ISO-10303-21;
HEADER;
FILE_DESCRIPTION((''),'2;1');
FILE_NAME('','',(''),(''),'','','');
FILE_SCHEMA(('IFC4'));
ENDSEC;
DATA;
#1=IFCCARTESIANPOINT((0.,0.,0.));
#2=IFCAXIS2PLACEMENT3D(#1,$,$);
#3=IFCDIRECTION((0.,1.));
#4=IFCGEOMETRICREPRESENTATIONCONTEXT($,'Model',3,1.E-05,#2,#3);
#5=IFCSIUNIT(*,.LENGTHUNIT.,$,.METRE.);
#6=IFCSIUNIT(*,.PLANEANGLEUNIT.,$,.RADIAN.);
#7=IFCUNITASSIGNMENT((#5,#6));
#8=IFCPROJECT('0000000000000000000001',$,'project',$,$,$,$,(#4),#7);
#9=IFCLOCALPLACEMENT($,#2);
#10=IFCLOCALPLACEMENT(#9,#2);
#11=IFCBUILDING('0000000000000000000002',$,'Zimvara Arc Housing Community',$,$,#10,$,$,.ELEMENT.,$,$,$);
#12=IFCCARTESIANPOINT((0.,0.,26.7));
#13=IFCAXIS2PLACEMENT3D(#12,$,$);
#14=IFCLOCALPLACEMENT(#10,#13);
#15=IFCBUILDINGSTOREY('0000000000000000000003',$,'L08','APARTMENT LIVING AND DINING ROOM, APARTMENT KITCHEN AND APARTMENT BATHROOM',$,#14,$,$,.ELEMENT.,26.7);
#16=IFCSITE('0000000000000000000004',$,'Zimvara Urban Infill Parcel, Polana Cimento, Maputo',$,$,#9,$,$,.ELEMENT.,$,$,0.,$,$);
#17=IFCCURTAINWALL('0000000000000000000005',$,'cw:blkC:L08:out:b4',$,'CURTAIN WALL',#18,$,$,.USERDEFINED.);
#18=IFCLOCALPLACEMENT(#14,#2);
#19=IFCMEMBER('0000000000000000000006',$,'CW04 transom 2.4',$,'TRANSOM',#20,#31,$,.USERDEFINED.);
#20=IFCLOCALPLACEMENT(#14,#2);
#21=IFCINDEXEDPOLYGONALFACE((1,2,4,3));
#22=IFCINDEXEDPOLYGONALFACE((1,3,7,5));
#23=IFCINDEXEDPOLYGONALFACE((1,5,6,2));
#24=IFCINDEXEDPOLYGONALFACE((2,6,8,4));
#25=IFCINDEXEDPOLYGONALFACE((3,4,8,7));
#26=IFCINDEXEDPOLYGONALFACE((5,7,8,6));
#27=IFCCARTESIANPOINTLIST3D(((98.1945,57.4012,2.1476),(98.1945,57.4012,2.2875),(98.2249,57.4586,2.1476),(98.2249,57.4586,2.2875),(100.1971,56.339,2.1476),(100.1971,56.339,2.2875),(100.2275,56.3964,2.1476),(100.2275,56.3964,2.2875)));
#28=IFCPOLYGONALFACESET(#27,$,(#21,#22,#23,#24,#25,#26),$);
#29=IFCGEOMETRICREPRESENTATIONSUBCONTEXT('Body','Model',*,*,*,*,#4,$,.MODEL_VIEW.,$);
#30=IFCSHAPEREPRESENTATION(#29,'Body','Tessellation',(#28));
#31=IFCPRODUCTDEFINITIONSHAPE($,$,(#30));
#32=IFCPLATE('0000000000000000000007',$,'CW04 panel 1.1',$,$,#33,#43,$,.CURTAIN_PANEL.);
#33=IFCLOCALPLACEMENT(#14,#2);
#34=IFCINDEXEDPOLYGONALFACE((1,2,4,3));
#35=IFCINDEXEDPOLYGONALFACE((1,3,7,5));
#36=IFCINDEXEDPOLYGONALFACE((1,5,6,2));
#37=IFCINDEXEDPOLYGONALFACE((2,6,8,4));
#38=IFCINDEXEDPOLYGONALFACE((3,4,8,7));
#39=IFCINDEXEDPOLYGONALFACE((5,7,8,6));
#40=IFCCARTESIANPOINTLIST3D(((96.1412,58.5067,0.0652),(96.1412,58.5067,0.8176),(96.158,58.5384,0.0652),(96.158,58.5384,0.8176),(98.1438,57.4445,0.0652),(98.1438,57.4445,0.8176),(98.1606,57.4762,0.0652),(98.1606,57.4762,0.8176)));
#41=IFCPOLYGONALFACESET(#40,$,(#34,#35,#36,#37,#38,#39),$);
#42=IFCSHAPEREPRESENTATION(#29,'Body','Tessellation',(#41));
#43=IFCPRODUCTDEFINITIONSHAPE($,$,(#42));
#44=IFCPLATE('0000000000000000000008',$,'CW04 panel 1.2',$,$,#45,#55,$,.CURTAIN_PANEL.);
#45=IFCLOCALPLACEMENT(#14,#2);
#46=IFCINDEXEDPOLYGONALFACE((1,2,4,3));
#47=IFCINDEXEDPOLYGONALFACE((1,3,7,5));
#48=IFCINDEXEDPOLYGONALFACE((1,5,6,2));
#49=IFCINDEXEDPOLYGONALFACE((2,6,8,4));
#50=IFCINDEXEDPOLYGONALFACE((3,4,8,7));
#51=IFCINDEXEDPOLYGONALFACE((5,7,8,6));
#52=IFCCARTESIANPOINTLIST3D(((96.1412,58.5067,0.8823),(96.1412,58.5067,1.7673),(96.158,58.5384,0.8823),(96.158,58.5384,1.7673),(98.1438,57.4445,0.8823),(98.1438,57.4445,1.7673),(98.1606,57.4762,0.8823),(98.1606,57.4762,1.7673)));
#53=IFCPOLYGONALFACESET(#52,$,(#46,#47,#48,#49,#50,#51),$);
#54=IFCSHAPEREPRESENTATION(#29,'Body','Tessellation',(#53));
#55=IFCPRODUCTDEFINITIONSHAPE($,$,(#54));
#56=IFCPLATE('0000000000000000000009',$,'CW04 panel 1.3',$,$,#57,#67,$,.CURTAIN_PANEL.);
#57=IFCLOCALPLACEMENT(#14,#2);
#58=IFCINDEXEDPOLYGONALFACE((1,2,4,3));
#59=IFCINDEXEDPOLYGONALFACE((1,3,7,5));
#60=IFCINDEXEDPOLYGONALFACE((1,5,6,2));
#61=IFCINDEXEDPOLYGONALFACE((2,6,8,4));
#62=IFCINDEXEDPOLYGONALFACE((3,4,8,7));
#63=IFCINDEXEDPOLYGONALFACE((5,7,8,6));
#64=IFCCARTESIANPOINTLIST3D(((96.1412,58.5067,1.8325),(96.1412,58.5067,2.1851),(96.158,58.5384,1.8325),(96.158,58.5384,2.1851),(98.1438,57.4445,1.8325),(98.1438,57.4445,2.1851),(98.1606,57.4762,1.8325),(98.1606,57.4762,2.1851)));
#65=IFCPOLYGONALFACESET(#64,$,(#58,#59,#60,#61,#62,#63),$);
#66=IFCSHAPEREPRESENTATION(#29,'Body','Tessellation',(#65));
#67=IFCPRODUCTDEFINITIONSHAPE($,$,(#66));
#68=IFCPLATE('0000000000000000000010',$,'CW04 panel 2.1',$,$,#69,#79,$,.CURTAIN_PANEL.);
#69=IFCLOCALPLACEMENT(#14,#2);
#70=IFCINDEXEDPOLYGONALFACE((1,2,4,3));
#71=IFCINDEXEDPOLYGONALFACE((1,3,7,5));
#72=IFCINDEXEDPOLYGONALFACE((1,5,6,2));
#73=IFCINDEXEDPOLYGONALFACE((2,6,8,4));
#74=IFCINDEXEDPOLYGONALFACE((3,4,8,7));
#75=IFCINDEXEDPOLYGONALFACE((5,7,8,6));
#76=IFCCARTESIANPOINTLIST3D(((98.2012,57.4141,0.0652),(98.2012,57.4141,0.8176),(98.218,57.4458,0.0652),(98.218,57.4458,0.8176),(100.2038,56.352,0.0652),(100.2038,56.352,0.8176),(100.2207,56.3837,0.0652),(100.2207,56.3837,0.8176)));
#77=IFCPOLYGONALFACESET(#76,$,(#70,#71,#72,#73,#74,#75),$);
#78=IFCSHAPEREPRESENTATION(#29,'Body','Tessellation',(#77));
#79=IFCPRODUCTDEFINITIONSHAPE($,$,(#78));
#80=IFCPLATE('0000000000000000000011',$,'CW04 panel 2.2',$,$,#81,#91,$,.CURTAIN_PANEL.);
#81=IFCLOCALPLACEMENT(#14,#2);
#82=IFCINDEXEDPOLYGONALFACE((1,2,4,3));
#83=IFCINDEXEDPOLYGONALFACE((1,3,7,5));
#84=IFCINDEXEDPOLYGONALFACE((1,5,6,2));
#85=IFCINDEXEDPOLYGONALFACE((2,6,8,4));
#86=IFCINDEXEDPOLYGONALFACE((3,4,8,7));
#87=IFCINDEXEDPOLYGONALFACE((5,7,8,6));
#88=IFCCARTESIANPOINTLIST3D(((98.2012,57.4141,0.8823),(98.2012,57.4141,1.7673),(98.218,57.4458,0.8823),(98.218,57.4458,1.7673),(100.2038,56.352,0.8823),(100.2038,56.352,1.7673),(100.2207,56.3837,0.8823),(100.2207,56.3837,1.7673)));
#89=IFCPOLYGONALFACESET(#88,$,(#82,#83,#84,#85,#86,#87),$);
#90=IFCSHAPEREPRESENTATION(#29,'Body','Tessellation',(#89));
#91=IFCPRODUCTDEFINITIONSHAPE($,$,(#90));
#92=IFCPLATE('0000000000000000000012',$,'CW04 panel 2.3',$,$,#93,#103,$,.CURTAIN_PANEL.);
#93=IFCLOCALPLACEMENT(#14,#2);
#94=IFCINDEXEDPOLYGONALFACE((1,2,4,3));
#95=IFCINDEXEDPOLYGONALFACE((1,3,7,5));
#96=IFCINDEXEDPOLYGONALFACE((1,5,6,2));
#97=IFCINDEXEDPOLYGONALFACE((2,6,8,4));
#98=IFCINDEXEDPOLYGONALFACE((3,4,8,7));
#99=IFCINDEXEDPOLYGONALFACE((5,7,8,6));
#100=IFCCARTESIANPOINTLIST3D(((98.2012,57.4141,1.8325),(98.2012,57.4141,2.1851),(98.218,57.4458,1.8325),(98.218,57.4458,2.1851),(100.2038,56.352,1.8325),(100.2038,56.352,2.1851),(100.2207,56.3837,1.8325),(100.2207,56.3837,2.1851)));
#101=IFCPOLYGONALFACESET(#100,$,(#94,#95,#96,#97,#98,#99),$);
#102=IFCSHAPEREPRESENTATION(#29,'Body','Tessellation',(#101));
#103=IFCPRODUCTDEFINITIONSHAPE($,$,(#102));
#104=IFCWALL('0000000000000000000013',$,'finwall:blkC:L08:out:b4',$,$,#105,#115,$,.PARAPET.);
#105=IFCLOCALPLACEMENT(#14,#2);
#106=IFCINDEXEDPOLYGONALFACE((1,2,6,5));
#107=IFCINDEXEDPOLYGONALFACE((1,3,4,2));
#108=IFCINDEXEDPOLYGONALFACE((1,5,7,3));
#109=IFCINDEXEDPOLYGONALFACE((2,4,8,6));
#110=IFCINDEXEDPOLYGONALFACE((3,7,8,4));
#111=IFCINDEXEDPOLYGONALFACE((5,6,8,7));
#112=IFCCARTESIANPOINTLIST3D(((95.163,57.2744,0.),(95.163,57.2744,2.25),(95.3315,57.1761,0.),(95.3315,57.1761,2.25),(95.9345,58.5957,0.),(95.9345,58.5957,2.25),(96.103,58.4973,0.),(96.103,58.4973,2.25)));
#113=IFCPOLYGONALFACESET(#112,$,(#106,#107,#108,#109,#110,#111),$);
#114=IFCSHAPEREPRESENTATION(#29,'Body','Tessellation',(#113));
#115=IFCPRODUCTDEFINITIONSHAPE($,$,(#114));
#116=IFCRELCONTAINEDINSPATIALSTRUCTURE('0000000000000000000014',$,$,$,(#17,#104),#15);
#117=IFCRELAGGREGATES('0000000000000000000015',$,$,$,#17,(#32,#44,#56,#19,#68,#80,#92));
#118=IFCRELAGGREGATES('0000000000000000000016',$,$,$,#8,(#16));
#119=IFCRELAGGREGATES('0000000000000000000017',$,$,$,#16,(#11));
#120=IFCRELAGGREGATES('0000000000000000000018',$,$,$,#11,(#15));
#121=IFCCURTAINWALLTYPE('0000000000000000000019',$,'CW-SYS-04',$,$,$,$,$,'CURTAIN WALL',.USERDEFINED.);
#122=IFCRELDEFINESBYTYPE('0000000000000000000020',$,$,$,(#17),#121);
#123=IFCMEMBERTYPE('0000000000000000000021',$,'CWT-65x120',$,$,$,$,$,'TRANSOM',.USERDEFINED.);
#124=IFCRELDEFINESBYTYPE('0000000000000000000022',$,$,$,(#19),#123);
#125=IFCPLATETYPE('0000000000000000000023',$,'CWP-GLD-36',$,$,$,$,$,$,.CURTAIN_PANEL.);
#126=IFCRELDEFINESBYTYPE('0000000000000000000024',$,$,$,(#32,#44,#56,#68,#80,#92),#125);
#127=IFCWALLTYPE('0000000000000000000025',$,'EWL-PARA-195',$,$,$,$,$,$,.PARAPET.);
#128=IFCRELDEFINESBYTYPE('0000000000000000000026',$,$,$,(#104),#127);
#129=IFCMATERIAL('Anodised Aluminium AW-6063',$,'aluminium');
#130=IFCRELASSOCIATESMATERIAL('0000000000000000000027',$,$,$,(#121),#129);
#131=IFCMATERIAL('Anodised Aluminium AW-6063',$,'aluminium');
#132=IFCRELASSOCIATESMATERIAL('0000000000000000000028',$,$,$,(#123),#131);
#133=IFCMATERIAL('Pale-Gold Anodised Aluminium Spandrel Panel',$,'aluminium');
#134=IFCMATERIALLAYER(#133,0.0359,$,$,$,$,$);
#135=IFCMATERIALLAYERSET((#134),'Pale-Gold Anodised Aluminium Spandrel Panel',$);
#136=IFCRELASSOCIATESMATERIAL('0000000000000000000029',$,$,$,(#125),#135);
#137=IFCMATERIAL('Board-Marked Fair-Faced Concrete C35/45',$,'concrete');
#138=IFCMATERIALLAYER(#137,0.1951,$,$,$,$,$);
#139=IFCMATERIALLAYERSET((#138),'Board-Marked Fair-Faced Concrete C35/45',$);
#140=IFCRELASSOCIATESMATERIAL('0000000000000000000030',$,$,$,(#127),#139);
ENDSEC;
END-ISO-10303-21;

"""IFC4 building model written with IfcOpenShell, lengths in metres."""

from ifc_helpers import new_model, si_unit, direction, frame, frame_2d, origin, origin_2d, place, context, subcontext, project, spatial, rectangle, extrude, material, layer, layer_set, material_profile, profile_set, type_object, element, aggregate, save


model = new_model("IFC4")

# Units and contexts
model_context = context("Model", 3, precision=1e-05, world=origin(), true_north=direction((0.0, 1.0)))
body_context = subcontext(model_context, "Body", "Model", "MODEL_VIEW")
ifc_project = project(units=[si_unit("LENGTHUNIT", "METRE"), si_unit("PLANEANGLEUNIT", "RADIAN")], contexts=[model_context])

# Site, building, storey
site_placement = place(None, origin())
site = spatial("IfcSite", under=ifc_project, at=site_placement, Name="Zimvara Urban Infill Parcel, Polana Cimento, Maputo", CompositionType="ELEMENT", RefElevation=0.0)
building_placement = place(site_placement, origin())
building = spatial("IfcBuilding", under=site, at=building_placement, Name="Zimvara Arc Housing Community", CompositionType="ELEMENT")
storey_placement = place(building_placement, frame((0.0, 0.0, 26.7)))
storey = spatial("IfcBuildingStorey", under=building, at=storey_placement, Name="L08", Description="APARTMENT LIVING AND DINING ROOM, APARTMENT KITCHEN AND APARTMENT BATHROOM", CompositionType="ELEMENT", Elevation=26.7)

# Curtain wall, member, plates
ifc_material_1 = material(Name="Anodised Aluminium AW-6063", Category="aluminium")
curtain_wall_type = type_object("IfcCurtainWallType", Name="CW-SYS-04", ElementType="CURTAIN WALL", PredefinedType="USERDEFINED", material=ifc_material_1)
curtain_wall_placement = place(storey_placement, origin())
curtain_wall = element("IfcCurtainWall", 1, at=curtain_wall_placement, inside=storey, type_object=curtain_wall_type, Name="cw:blkC:L08:out:b4", ObjectType="CURTAIN WALL", PredefinedType="USERDEFINED")
ifc_material_2 = material(Name="Anodised Aluminium AW-6063", Category="aluminium")
ifc_material_profile_1 = material_profile(ifc_material_2, rectangle(XDim=0.0649, YDim=0.1399, at=origin_2d()), Name="ALU 65x140")
ifc_profile_set_1 = profile_set([ifc_material_profile_1], Name="Anodised Aluminium AW-6063")
member_type_1 = type_object("IfcMemberType", Name="CWT-65x120", ElementType="TRANSOM", PredefinedType="USERDEFINED", material=ifc_profile_set_1)
member_1_placement = place(storey_placement, frame((98.2097, 57.4299, 2.2175), z_axis=(0.883421, -0.46858, 0.0), x_axis=(0.46858, 0.883421, 0.0)))
member_1 = element("IfcMember", 2, at=member_1_placement, type_object=member_type_1, Name="CW04 transom 2.4", ObjectType="TRANSOM", PredefinedType="USERDEFINED", context=body_context, shape_type="SweptSolid", body=[
    extrude(rectangle(XDim=0.0649, YDim=0.1399, at=origin_2d()), origin(), (0.0, 0.0, 1.0), 2.2668),
])
ifc_material_3 = material(Name="Pale-Gold Anodised Aluminium Spandrel Panel", Category="aluminium")
ifc_layer_1 = layer(ifc_material_3, 0.0359)
ifc_layer_set_1 = layer_set([ifc_layer_1], Name="Pale-Gold Anodised Aluminium Spandrel Panel")
plate_type = type_object("IfcPlateType", Name="CWP-GLD-36", PredefinedType="CURTAIN_PANEL", material=ifc_layer_set_1)
plate_1_placement = place(storey_placement, frame((97.1509, 57.9915, 0.0652), z_axis=(0.0, 0.0, 1.0), x_axis=(0.883439, -0.468547, 0.0)))
plate_1 = element("IfcPlate", 3, at=plate_1_placement, type_object=plate_type, Name="CW04 panel 1.1", PredefinedType="CURTAIN_PANEL", context=body_context, shape_type="SweptSolid", body=[
    extrude(rectangle(XDim=2.2668, YDim=0.0359, at=origin_2d()), origin(), (0.0, 0.0, 1.0), 0.7524),
])
plate_2_placement = place(storey_placement, frame((97.1509, 57.9915, 0.8823), z_axis=(0.0, 0.0, 1.0), x_axis=(0.883439, -0.468547, 0.0)))
plate_2 = element("IfcPlate", 4, at=plate_2_placement, type_object=plate_type, Name="CW04 panel 1.2", PredefinedType="CURTAIN_PANEL", context=body_context, shape_type="SweptSolid", body=[
    extrude(rectangle(XDim=2.2668, YDim=0.0359, at=origin_2d()), origin(), (0.0, 0.0, 1.0), 0.885),
])
plate_3_placement = place(storey_placement, frame((97.1509, 57.9915, 1.8325), z_axis=(0.0, 0.0, 1.0), x_axis=(0.883439, -0.468547, 0.0)))
plate_3 = element("IfcPlate", 5, at=plate_3_placement, type_object=plate_type, Name="CW04 panel 1.3", PredefinedType="CURTAIN_PANEL", context=body_context, shape_type="SweptSolid", body=[
    extrude(rectangle(XDim=2.2668, YDim=0.0359, at=origin_2d()), origin(), (0.0, 0.0, 1.0), 0.3525),
])
plate_4_placement = place(storey_placement, frame((99.2109, 56.8989, 0.0652), z_axis=(0.0, 0.0, 1.0), x_axis=(0.883439, -0.468547, 0.0)))
plate_4 = element("IfcPlate", 6, at=plate_4_placement, type_object=plate_type, Name="CW04 panel 2.1", PredefinedType="CURTAIN_PANEL", context=body_context, shape_type="SweptSolid", body=[
    extrude(rectangle(XDim=2.2668, YDim=0.0359, at=origin_2d()), origin(), (0.0, 0.0, 1.0), 0.7524),
])
plate_5_placement = place(storey_placement, frame((99.2109, 56.8989, 0.8823), z_axis=(0.0, 0.0, 1.0), x_axis=(0.883439, -0.468547, 0.0)))
plate_5 = element("IfcPlate", 7, at=plate_5_placement, type_object=plate_type, Name="CW04 panel 2.2", PredefinedType="CURTAIN_PANEL", context=body_context, shape_type="SweptSolid", body=[
    extrude(rectangle(XDim=2.2668, YDim=0.0359, at=origin_2d()), origin(), (0.0, 0.0, 1.0), 0.885),
])
plate_6_placement = place(storey_placement, frame((99.2109, 56.8989, 1.8325), z_axis=(0.0, 0.0, 1.0), x_axis=(0.883439, -0.468547, 0.0)))
plate_6 = element("IfcPlate", 8, at=plate_6_placement, type_object=plate_type, Name="CW04 panel 2.3", PredefinedType="CURTAIN_PANEL", context=body_context, shape_type="SweptSolid", body=[
    extrude(rectangle(XDim=2.2668, YDim=0.0359, at=origin_2d()), origin(), (0.0, 0.0, 1.0), 0.3525),
])
aggregate(curtain_wall, [plate_1, plate_2, plate_3, member_1, plate_4, plate_5, plate_6])

# Wall
ifc_material_4 = material(Name="Board-Marked Fair-Faced Concrete C35/45", Category="concrete")
ifc_layer_2 = layer(ifc_material_4, 0.1951)
ifc_layer_set_2 = layer_set([ifc_layer_2], Name="Board-Marked Fair-Faced Concrete C35/45")
wall_type_1 = type_object("IfcWallType", Name="EWL-PARA-195", PredefinedType="PARAPET", material=ifc_layer_set_2)
wall_1_placement = place(storey_placement, frame((96.0188, 58.5466, 0.0), z_axis=(0.0, 0.0, 1.0), x_axis=(-0.504228, -0.86357, 0.0)))
element("IfcWall", 9, at=wall_1_placement, inside=storey, type_object=wall_type_1, Name="finwall:blkC:L08:out:b4", PredefinedType="PARAPET", context=body_context, shape_type="SweptSolid", body=[
    extrude(rectangle(XDim=1.53, YDim=0.1951, at=frame_2d((0.7651, 0.0))), origin(), (0.0, 0.0, 1.0), 2.25),
])

save(model, "model.ifc")
